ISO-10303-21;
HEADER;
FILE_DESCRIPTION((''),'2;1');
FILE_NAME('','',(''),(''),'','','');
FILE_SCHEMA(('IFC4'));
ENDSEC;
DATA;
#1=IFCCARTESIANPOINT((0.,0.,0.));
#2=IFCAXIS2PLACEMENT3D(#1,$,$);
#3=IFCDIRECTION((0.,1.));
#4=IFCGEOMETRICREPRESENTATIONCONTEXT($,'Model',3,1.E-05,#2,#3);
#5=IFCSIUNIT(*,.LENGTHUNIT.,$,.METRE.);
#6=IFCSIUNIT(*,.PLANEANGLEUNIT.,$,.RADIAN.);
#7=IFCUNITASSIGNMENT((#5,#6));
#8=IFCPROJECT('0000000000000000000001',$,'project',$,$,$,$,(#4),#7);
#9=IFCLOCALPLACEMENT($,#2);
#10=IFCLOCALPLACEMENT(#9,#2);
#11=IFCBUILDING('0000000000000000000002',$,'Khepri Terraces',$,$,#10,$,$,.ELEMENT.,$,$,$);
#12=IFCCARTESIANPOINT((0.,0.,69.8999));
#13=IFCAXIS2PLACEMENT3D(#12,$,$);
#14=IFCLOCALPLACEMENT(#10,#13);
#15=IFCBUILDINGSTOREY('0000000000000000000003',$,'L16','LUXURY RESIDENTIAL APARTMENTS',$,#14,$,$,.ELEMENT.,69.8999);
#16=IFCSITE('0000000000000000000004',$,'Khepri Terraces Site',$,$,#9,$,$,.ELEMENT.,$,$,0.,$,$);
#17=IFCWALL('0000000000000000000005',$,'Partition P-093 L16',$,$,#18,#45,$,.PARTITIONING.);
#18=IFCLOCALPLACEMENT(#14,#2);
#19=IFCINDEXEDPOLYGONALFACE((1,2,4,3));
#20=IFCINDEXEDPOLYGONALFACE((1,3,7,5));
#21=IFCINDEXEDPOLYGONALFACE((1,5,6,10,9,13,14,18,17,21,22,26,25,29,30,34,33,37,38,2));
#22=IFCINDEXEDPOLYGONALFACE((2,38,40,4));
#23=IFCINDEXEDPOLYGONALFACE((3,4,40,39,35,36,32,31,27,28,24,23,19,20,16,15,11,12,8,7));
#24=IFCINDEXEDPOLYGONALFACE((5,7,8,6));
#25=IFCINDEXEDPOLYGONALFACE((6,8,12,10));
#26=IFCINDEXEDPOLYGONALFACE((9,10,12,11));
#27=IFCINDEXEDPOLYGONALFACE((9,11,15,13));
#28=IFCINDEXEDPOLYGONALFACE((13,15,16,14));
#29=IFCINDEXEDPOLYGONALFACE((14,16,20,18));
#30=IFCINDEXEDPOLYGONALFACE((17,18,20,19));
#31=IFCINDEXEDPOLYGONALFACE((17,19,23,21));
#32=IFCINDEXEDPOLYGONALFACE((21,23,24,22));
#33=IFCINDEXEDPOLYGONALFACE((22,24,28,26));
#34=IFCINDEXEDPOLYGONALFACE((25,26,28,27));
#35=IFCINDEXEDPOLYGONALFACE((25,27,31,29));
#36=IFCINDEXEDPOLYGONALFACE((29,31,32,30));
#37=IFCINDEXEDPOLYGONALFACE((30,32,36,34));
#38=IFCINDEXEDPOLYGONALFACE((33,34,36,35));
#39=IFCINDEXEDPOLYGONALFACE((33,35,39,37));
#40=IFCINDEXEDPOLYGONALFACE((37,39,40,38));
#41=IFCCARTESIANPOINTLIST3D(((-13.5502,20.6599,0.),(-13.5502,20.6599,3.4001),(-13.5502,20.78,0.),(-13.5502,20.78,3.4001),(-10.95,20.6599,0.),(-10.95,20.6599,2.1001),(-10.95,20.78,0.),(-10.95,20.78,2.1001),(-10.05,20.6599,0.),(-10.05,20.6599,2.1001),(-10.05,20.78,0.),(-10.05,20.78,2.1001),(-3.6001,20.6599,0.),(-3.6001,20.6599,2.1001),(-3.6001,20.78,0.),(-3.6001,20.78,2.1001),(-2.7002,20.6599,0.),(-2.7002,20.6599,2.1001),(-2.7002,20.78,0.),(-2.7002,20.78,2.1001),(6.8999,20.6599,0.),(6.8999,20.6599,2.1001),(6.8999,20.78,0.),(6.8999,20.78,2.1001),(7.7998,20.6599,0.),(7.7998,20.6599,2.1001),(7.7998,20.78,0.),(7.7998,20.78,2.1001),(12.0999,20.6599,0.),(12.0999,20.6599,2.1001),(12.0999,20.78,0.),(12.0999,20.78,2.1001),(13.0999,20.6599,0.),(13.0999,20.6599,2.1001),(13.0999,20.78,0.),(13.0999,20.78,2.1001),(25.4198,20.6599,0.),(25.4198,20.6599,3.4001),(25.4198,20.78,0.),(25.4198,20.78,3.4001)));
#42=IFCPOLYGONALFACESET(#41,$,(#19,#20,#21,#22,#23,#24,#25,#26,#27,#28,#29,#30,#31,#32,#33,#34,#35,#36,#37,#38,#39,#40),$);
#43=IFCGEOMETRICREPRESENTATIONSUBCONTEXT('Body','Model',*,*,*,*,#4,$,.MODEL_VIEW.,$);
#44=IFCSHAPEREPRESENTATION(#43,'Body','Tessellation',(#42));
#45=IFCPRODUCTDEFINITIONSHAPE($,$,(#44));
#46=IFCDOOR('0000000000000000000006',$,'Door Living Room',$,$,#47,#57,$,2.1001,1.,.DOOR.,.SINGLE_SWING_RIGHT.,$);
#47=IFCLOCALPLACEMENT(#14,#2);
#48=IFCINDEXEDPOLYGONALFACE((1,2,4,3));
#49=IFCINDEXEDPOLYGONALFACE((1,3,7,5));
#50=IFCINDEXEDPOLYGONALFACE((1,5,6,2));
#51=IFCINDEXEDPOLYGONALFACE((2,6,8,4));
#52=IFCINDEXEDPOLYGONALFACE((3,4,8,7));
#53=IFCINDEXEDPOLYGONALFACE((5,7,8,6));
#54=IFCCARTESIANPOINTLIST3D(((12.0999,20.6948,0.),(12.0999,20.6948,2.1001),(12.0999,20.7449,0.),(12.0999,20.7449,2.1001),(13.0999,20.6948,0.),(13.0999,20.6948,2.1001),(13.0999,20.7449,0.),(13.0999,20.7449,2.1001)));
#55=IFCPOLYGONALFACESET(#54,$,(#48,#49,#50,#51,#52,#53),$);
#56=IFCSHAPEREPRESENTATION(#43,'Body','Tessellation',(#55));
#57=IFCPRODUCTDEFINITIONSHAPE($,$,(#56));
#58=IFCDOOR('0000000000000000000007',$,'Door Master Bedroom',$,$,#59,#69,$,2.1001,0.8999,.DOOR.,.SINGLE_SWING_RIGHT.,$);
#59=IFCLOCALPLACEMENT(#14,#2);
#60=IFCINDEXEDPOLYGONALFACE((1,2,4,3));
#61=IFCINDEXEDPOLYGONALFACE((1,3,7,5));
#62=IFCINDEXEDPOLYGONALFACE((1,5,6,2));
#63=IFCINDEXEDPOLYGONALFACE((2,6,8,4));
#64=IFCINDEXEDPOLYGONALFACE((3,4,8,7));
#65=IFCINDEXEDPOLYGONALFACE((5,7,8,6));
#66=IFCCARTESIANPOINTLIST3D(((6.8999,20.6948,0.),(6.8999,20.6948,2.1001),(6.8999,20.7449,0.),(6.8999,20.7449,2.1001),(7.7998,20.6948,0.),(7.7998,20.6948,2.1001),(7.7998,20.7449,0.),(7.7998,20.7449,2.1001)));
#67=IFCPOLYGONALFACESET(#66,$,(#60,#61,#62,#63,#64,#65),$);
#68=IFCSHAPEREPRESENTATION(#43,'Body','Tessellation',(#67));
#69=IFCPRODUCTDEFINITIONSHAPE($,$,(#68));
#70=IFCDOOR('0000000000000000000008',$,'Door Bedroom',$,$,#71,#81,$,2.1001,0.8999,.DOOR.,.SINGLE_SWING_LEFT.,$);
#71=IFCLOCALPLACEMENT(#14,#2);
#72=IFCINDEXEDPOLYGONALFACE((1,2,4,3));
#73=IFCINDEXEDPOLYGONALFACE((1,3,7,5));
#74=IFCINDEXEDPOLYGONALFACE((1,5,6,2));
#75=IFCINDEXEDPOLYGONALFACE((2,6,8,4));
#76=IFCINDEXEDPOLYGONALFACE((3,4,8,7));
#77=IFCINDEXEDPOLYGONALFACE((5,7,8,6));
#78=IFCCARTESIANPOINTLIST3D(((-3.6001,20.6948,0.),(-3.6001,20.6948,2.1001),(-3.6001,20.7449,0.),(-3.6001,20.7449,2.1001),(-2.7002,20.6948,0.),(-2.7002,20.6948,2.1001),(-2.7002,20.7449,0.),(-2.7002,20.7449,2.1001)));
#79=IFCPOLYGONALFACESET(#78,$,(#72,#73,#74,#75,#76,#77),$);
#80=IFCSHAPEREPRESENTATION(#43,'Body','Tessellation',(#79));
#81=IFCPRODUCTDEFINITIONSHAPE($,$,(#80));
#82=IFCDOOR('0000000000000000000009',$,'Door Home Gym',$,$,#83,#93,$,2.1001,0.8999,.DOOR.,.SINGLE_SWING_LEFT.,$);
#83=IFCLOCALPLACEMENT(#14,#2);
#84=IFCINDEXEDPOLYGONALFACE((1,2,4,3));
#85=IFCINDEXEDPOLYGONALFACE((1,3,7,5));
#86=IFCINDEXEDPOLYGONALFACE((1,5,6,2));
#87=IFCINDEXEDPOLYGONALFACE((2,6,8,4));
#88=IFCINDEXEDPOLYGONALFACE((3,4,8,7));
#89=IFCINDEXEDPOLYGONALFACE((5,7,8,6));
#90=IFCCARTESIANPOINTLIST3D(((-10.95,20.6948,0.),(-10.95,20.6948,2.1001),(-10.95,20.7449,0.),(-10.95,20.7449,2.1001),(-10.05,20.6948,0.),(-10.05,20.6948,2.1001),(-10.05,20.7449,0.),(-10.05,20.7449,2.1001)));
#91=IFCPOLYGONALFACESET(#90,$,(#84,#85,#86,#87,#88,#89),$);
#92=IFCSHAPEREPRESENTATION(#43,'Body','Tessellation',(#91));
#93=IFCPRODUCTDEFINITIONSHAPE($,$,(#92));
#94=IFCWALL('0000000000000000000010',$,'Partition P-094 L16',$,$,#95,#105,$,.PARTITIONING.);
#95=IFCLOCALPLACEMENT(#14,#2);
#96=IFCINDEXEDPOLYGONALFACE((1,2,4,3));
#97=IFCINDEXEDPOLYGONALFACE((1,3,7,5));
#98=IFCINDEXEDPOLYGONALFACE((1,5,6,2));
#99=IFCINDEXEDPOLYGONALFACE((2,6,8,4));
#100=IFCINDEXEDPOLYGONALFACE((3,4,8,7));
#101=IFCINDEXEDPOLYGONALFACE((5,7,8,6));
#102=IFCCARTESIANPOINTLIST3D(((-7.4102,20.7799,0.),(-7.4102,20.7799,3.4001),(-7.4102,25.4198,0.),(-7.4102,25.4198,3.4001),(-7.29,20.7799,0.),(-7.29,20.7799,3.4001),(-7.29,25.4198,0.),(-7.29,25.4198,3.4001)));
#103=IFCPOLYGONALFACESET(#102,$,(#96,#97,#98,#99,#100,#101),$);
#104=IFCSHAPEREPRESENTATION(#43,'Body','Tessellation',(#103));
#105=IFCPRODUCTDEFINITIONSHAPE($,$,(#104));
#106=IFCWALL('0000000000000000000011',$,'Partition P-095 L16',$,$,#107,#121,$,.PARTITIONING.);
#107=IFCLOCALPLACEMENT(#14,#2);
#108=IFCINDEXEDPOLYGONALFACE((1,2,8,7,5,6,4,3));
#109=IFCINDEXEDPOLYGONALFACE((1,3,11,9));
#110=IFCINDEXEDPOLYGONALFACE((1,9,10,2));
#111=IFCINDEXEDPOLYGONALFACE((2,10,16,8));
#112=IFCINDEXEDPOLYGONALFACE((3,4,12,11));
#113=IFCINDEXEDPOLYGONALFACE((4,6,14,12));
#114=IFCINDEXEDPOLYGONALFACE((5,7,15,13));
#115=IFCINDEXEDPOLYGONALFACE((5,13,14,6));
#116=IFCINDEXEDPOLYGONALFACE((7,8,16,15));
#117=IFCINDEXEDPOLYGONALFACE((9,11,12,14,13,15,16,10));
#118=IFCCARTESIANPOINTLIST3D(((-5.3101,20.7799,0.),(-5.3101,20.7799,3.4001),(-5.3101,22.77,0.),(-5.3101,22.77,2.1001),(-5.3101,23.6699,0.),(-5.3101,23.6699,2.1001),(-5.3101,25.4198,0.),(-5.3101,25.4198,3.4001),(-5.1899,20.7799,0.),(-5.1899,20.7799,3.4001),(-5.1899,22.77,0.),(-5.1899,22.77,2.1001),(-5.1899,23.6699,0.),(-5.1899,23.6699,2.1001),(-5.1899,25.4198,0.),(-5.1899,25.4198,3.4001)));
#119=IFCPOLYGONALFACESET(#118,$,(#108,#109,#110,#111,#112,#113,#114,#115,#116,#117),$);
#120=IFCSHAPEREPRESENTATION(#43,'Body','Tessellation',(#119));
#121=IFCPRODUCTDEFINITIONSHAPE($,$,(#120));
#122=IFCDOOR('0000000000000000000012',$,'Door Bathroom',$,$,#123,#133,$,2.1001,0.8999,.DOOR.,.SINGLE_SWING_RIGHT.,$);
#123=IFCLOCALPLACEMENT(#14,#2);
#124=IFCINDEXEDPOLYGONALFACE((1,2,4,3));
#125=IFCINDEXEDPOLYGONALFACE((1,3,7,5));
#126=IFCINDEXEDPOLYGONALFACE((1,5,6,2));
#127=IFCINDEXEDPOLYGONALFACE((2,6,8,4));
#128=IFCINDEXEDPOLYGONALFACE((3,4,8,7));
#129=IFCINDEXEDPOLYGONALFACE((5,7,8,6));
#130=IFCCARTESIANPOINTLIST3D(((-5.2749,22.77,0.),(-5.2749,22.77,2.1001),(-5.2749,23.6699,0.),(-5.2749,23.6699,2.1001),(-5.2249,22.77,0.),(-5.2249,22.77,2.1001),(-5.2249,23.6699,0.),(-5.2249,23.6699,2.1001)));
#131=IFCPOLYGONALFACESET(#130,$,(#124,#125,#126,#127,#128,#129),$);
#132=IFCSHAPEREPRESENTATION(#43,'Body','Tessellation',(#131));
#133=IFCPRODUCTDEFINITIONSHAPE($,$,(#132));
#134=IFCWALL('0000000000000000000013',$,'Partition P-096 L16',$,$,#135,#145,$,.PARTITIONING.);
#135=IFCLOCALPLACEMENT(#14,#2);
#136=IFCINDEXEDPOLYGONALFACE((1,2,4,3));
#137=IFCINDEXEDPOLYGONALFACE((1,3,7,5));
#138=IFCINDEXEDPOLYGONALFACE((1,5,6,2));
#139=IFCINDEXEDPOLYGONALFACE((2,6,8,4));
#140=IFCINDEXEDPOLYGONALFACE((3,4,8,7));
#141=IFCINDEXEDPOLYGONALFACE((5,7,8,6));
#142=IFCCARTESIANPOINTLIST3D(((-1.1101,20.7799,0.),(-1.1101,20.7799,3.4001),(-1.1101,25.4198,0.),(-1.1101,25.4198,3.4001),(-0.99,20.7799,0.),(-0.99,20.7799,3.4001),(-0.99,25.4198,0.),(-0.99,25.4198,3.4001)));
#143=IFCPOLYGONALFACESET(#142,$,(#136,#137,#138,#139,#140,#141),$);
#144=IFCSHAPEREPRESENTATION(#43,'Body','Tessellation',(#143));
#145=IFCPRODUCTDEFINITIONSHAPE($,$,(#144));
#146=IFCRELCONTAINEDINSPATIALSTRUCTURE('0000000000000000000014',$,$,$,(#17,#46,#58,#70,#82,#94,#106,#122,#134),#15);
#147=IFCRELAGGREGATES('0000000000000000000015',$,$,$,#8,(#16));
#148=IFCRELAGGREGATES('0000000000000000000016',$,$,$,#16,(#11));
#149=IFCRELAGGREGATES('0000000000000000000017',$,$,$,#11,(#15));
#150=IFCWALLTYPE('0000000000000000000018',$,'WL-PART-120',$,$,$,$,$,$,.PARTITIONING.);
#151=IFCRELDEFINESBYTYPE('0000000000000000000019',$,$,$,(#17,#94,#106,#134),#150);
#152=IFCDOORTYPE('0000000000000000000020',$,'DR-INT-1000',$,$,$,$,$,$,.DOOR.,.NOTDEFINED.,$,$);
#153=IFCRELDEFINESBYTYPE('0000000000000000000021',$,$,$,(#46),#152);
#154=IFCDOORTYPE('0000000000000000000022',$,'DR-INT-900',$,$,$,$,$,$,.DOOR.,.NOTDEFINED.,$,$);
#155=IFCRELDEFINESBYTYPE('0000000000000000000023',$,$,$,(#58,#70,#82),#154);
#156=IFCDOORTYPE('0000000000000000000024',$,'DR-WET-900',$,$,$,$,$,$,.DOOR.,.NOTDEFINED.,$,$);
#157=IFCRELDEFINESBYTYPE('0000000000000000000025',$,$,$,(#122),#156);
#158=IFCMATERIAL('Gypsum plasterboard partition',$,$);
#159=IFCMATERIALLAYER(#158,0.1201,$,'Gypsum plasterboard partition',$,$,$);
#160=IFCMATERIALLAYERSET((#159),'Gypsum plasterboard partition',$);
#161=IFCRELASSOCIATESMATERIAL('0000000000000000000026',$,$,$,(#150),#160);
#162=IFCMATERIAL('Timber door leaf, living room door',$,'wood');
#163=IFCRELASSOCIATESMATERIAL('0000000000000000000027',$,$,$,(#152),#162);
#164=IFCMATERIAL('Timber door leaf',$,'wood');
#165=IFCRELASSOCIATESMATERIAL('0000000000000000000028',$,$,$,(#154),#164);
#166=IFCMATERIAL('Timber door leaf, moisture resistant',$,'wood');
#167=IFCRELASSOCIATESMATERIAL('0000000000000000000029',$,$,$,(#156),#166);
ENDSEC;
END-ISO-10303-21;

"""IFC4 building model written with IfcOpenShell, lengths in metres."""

from ifc_helpers import new_model, si_unit, direction, frame, frame_2d, origin, place, context, subcontext, project, spatial, rectangle, extrude, material, layer, layer_set, type_object, element, fill, save


model = new_model("IFC4")

# Units and contexts
model_context = context("Model", 3, precision=1e-05, world=origin(), true_north=direction((0.0, 1.0)))
body_context = subcontext(model_context, "Body", "Model", "MODEL_VIEW")
ifc_project = project(units=[si_unit("LENGTHUNIT", "METRE"), si_unit("PLANEANGLEUNIT", "RADIAN")], contexts=[model_context])

# Site, building, storey
site_placement = place(None, origin())
site = spatial("IfcSite", under=ifc_project, at=site_placement, Name="Khepri Terraces Site", CompositionType="ELEMENT", RefElevation=0.0)
building_placement = place(site_placement, origin())
building = spatial("IfcBuilding", under=site, at=building_placement, Name="Khepri Terraces", CompositionType="ELEMENT")
storey_placement = place(building_placement, frame((0.0, 0.0, 69.8999)))
storey = spatial("IfcBuildingStorey", under=building, at=storey_placement, Name="L16", Description="LUXURY RESIDENTIAL APARTMENTS", CompositionType="ELEMENT", Elevation=69.8999)

# Shared definitions
ifc_material_1 = material(Name="Gypsum plasterboard partition")
ifc_layer_1 = layer(ifc_material_1, 0.1201, Name="Gypsum plasterboard partition")
ifc_layer_set_1 = layer_set([ifc_layer_1], Name="Gypsum plasterboard partition")
wall_type_1 = type_object("IfcWallType", Name="WL-PART-120", PredefinedType="PARTITIONING", material=ifc_layer_set_1)

# Wall, openings, doors
wall_1_placement = place(storey_placement, frame((-13.55, 20.72, 0.0), z_axis=(0.0, 0.0, 1.0), x_axis=(1.0, 0.0, 0.0)))
wall_1 = element("IfcWall", 1, at=wall_1_placement, inside=storey, type_object=wall_type_1, Name="Partition P-093 L16", PredefinedType="PARTITIONING", context=body_context, shape_type="SweptSolid", body=[
    extrude(rectangle(XDim=38.97, YDim=0.1201, at=frame_2d((19.4849, 0.0))), origin(), (0.0, 0.0, 1.0), 3.4001),
])
opening_1_placement = place(wall_1_placement, frame((25.6499, 0.0, 0.0)))
opening_1 = element("IfcOpeningElement", 2, at=opening_1_placement, cuts=wall_1, PredefinedType="OPENING", context=body_context, shape_type="SweptSolid", body=[
    extrude(rectangle(XDim=1.0, YDim=2.1001, at=frame_2d((0.5, 1.05))), frame((0.0, 0.0701, 0.0), z_axis=(0.0, -1.0, 0.0), x_axis=(1.0, 0.0, 0.0)), (0.0, 0.0, 1.0), 0.1401),
])
opening_2_placement = place(wall_1_placement, frame((20.45, 0.0, 0.0)))
opening_2 = element("IfcOpeningElement", 3, at=opening_2_placement, cuts=wall_1, PredefinedType="OPENING", context=body_context, shape_type="SweptSolid", body=[
    extrude(rectangle(XDim=0.8999, YDim=2.1001, at=frame_2d((0.45, 1.05))), frame((0.0, 0.0701, 0.0), z_axis=(0.0, -1.0, 0.0), x_axis=(1.0, 0.0, 0.0)), (0.0, 0.0, 1.0), 0.1401),
])
opening_3_placement = place(wall_1_placement, frame((9.95, 0.0, 0.0)))
opening_3 = element("IfcOpeningElement", 4, at=opening_3_placement, cuts=wall_1, PredefinedType="OPENING", context=body_context, shape_type="SweptSolid", body=[
    extrude(rectangle(XDim=0.8999, YDim=2.1001, at=frame_2d((0.45, 1.05))), frame((0.0, 0.0701, 0.0), z_axis=(0.0, -1.0, 0.0), x_axis=(1.0, 0.0, 0.0)), (0.0, 0.0, 1.0), 0.1401),
])
opening_4_placement = place(wall_1_placement, frame((2.6001, 0.0, 0.0)))
opening_4 = element("IfcOpeningElement", 5, at=opening_4_placement, cuts=wall_1, PredefinedType="OPENING", context=body_context, shape_type="SweptSolid", body=[
    extrude(rectangle(XDim=0.8999, YDim=2.1001, at=frame_2d((0.45, 1.05))), frame((0.0, 0.0701, 0.0), z_axis=(0.0, -1.0, 0.0), x_axis=(1.0, 0.0, 0.0)), (0.0, 0.0, 1.0), 0.1401),
])
ifc_material_2 = material(Name="Timber door leaf, living room door", Category="wood")
door_type_1 = type_object("IfcDoorType", Name="DR-INT-1000", OperationType="NOTDEFINED", PredefinedType="DOOR", material=ifc_material_2)
door_1_placement = place(opening_1_placement, origin())
door_1 = element("IfcDoor", 6, at=door_1_placement, inside=storey, type_object=door_type_1, Name="Door Living Room", OperationType="SINGLE_SWING_RIGHT", OverallHeight=2.1001, OverallWidth=1.0, PredefinedType="DOOR", context=body_context, shape_type="SweptSolid", body=[
    extrude(rectangle(XDim=1.0, YDim=2.1001, at=frame_2d((0.5, 1.05))), frame((0.0, 0.0249, 0.0), z_axis=(0.0, -1.0, 0.0), x_axis=(1.0, 0.0, 0.0)), (0.0, 0.0, 1.0), 0.05),
])
fill(opening_1, door_1)
ifc_material_3 = material(Name="Timber door leaf", Category="wood")
door_type_2 = type_object("IfcDoorType", Name="DR-INT-900", OperationType="NOTDEFINED", PredefinedType="DOOR", material=ifc_material_3)
door_2_placement = place(opening_2_placement, origin())
door_2 = element("IfcDoor", 7, at=door_2_placement, inside=storey, type_object=door_type_2, Name="Door Master Bedroom", OperationType="SINGLE_SWING_RIGHT", OverallHeight=2.1001, OverallWidth=0.8999, PredefinedType="DOOR", context=body_context, shape_type="SweptSolid", body=[
    extrude(rectangle(XDim=0.8999, YDim=2.1001, at=frame_2d((0.45, 1.05))), frame((0.0, 0.0249, 0.0), z_axis=(0.0, -1.0, 0.0), x_axis=(1.0, 0.0, 0.0)), (0.0, 0.0, 1.0), 0.05),
])
fill(opening_2, door_2)
door_3_placement = place(opening_3_placement, origin())
door_3 = element("IfcDoor", 8, at=door_3_placement, inside=storey, type_object=door_type_2, Name="Door Bedroom", OperationType="SINGLE_SWING_LEFT", OverallHeight=2.1001, OverallWidth=0.8999, PredefinedType="DOOR", context=body_context, shape_type="SweptSolid", body=[
    extrude(rectangle(XDim=0.8999, YDim=2.1001, at=frame_2d((0.45, 1.05))), frame((0.0, 0.0249, 0.0), z_axis=(0.0, -1.0, 0.0), x_axis=(1.0, 0.0, 0.0)), (0.0, 0.0, 1.0), 0.05),
])
fill(opening_3, door_3)
door_4_placement = place(opening_4_placement, origin())
door_4 = element("IfcDoor", 9, at=door_4_placement, inside=storey, type_object=door_type_2, Name="Door Home Gym", OperationType="SINGLE_SWING_LEFT", OverallHeight=2.1001, OverallWidth=0.8999, PredefinedType="DOOR", context=body_context, shape_type="SweptSolid", body=[
    extrude(rectangle(XDim=0.8999, YDim=2.1001, at=frame_2d((0.45, 1.05))), frame((0.0, 0.0249, 0.0), z_axis=(0.0, -1.0, 0.0), x_axis=(1.0, 0.0, 0.0)), (0.0, 0.0, 1.0), 0.05),
])
fill(opening_4, door_4)

# Wall
wall_2_placement = place(storey_placement, frame((-7.3501, 20.78, 0.0), z_axis=(0.0, 0.0, 1.0), x_axis=(0.0, 1.0, 0.0)))
element("IfcWall", 10, at=wall_2_placement, inside=storey, type_object=wall_type_1, Name="Partition P-094 L16", PredefinedType="PARTITIONING", context=body_context, shape_type="SweptSolid", body=[
    extrude(rectangle(XDim=4.6399, YDim=0.1201, at=frame_2d((2.3198, 0.0))), origin(), (0.0, 0.0, 1.0), 3.4001),
])

# Wall, opening, door
wall_3_placement = place(storey_placement, frame((-5.25, 20.78, 0.0), z_axis=(0.0, 0.0, 1.0), x_axis=(0.0, 1.0, 0.0)))
wall_3 = element("IfcWall", 11, at=wall_3_placement, inside=storey, type_object=wall_type_1, Name="Partition P-095 L16", PredefinedType="PARTITIONING", context=body_context, shape_type="SweptSolid", body=[
    extrude(rectangle(XDim=4.6399, YDim=0.1201, at=frame_2d((2.3198, 0.0))), origin(), (0.0, 0.0, 1.0), 3.4001),
])
opening_5_placement = place(wall_3_placement, frame((1.99, 0.0, 0.0)))
opening_5 = element("IfcOpeningElement", 12, at=opening_5_placement, cuts=wall_3, PredefinedType="OPENING", context=body_context, shape_type="SweptSolid", body=[
    extrude(rectangle(XDim=0.8999, YDim=2.1001, at=frame_2d((0.45, 1.05))), frame((0.0, 0.0701, 0.0), z_axis=(0.0, -1.0, 0.0), x_axis=(1.0, 0.0, 0.0)), (0.0, 0.0, 1.0), 0.1401),
])
ifc_material_4 = material(Name="Timber door leaf, moisture resistant", Category="wood")
door_type_3 = type_object("IfcDoorType", Name="DR-WET-900", OperationType="NOTDEFINED", PredefinedType="DOOR", material=ifc_material_4)
door_5_placement = place(opening_5_placement, origin())
door_5 = element("IfcDoor", 13, at=door_5_placement, inside=storey, type_object=door_type_3, Name="Door Bathroom", OperationType="SINGLE_SWING_RIGHT", OverallHeight=2.1001, OverallWidth=0.8999, PredefinedType="DOOR", context=body_context, shape_type="SweptSolid", body=[
    extrude(rectangle(XDim=0.8999, YDim=2.1001, at=frame_2d((0.45, 1.05))), frame((0.0, 0.0249, 0.0), z_axis=(0.0, -1.0, 0.0), x_axis=(1.0, 0.0, 0.0)), (0.0, 0.0, 1.0), 0.05),
])
fill(opening_5, door_5)

# Wall
wall_4_placement = place(storey_placement, frame((-1.05, 20.78, 0.0), z_axis=(0.0, 0.0, 1.0), x_axis=(0.0, 1.0, 0.0)))
element("IfcWall", 14, at=wall_4_placement, inside=storey, type_object=wall_type_1, Name="Partition P-096 L16", PredefinedType="PARTITIONING", context=body_context, shape_type="SweptSolid", body=[
    extrude(rectangle(XDim=4.6399, YDim=0.1201, at=frame_2d((2.3198, 0.0))), origin(), (0.0, 0.0, 1.0), 3.4001),
])

save(model, "model.ifc")
